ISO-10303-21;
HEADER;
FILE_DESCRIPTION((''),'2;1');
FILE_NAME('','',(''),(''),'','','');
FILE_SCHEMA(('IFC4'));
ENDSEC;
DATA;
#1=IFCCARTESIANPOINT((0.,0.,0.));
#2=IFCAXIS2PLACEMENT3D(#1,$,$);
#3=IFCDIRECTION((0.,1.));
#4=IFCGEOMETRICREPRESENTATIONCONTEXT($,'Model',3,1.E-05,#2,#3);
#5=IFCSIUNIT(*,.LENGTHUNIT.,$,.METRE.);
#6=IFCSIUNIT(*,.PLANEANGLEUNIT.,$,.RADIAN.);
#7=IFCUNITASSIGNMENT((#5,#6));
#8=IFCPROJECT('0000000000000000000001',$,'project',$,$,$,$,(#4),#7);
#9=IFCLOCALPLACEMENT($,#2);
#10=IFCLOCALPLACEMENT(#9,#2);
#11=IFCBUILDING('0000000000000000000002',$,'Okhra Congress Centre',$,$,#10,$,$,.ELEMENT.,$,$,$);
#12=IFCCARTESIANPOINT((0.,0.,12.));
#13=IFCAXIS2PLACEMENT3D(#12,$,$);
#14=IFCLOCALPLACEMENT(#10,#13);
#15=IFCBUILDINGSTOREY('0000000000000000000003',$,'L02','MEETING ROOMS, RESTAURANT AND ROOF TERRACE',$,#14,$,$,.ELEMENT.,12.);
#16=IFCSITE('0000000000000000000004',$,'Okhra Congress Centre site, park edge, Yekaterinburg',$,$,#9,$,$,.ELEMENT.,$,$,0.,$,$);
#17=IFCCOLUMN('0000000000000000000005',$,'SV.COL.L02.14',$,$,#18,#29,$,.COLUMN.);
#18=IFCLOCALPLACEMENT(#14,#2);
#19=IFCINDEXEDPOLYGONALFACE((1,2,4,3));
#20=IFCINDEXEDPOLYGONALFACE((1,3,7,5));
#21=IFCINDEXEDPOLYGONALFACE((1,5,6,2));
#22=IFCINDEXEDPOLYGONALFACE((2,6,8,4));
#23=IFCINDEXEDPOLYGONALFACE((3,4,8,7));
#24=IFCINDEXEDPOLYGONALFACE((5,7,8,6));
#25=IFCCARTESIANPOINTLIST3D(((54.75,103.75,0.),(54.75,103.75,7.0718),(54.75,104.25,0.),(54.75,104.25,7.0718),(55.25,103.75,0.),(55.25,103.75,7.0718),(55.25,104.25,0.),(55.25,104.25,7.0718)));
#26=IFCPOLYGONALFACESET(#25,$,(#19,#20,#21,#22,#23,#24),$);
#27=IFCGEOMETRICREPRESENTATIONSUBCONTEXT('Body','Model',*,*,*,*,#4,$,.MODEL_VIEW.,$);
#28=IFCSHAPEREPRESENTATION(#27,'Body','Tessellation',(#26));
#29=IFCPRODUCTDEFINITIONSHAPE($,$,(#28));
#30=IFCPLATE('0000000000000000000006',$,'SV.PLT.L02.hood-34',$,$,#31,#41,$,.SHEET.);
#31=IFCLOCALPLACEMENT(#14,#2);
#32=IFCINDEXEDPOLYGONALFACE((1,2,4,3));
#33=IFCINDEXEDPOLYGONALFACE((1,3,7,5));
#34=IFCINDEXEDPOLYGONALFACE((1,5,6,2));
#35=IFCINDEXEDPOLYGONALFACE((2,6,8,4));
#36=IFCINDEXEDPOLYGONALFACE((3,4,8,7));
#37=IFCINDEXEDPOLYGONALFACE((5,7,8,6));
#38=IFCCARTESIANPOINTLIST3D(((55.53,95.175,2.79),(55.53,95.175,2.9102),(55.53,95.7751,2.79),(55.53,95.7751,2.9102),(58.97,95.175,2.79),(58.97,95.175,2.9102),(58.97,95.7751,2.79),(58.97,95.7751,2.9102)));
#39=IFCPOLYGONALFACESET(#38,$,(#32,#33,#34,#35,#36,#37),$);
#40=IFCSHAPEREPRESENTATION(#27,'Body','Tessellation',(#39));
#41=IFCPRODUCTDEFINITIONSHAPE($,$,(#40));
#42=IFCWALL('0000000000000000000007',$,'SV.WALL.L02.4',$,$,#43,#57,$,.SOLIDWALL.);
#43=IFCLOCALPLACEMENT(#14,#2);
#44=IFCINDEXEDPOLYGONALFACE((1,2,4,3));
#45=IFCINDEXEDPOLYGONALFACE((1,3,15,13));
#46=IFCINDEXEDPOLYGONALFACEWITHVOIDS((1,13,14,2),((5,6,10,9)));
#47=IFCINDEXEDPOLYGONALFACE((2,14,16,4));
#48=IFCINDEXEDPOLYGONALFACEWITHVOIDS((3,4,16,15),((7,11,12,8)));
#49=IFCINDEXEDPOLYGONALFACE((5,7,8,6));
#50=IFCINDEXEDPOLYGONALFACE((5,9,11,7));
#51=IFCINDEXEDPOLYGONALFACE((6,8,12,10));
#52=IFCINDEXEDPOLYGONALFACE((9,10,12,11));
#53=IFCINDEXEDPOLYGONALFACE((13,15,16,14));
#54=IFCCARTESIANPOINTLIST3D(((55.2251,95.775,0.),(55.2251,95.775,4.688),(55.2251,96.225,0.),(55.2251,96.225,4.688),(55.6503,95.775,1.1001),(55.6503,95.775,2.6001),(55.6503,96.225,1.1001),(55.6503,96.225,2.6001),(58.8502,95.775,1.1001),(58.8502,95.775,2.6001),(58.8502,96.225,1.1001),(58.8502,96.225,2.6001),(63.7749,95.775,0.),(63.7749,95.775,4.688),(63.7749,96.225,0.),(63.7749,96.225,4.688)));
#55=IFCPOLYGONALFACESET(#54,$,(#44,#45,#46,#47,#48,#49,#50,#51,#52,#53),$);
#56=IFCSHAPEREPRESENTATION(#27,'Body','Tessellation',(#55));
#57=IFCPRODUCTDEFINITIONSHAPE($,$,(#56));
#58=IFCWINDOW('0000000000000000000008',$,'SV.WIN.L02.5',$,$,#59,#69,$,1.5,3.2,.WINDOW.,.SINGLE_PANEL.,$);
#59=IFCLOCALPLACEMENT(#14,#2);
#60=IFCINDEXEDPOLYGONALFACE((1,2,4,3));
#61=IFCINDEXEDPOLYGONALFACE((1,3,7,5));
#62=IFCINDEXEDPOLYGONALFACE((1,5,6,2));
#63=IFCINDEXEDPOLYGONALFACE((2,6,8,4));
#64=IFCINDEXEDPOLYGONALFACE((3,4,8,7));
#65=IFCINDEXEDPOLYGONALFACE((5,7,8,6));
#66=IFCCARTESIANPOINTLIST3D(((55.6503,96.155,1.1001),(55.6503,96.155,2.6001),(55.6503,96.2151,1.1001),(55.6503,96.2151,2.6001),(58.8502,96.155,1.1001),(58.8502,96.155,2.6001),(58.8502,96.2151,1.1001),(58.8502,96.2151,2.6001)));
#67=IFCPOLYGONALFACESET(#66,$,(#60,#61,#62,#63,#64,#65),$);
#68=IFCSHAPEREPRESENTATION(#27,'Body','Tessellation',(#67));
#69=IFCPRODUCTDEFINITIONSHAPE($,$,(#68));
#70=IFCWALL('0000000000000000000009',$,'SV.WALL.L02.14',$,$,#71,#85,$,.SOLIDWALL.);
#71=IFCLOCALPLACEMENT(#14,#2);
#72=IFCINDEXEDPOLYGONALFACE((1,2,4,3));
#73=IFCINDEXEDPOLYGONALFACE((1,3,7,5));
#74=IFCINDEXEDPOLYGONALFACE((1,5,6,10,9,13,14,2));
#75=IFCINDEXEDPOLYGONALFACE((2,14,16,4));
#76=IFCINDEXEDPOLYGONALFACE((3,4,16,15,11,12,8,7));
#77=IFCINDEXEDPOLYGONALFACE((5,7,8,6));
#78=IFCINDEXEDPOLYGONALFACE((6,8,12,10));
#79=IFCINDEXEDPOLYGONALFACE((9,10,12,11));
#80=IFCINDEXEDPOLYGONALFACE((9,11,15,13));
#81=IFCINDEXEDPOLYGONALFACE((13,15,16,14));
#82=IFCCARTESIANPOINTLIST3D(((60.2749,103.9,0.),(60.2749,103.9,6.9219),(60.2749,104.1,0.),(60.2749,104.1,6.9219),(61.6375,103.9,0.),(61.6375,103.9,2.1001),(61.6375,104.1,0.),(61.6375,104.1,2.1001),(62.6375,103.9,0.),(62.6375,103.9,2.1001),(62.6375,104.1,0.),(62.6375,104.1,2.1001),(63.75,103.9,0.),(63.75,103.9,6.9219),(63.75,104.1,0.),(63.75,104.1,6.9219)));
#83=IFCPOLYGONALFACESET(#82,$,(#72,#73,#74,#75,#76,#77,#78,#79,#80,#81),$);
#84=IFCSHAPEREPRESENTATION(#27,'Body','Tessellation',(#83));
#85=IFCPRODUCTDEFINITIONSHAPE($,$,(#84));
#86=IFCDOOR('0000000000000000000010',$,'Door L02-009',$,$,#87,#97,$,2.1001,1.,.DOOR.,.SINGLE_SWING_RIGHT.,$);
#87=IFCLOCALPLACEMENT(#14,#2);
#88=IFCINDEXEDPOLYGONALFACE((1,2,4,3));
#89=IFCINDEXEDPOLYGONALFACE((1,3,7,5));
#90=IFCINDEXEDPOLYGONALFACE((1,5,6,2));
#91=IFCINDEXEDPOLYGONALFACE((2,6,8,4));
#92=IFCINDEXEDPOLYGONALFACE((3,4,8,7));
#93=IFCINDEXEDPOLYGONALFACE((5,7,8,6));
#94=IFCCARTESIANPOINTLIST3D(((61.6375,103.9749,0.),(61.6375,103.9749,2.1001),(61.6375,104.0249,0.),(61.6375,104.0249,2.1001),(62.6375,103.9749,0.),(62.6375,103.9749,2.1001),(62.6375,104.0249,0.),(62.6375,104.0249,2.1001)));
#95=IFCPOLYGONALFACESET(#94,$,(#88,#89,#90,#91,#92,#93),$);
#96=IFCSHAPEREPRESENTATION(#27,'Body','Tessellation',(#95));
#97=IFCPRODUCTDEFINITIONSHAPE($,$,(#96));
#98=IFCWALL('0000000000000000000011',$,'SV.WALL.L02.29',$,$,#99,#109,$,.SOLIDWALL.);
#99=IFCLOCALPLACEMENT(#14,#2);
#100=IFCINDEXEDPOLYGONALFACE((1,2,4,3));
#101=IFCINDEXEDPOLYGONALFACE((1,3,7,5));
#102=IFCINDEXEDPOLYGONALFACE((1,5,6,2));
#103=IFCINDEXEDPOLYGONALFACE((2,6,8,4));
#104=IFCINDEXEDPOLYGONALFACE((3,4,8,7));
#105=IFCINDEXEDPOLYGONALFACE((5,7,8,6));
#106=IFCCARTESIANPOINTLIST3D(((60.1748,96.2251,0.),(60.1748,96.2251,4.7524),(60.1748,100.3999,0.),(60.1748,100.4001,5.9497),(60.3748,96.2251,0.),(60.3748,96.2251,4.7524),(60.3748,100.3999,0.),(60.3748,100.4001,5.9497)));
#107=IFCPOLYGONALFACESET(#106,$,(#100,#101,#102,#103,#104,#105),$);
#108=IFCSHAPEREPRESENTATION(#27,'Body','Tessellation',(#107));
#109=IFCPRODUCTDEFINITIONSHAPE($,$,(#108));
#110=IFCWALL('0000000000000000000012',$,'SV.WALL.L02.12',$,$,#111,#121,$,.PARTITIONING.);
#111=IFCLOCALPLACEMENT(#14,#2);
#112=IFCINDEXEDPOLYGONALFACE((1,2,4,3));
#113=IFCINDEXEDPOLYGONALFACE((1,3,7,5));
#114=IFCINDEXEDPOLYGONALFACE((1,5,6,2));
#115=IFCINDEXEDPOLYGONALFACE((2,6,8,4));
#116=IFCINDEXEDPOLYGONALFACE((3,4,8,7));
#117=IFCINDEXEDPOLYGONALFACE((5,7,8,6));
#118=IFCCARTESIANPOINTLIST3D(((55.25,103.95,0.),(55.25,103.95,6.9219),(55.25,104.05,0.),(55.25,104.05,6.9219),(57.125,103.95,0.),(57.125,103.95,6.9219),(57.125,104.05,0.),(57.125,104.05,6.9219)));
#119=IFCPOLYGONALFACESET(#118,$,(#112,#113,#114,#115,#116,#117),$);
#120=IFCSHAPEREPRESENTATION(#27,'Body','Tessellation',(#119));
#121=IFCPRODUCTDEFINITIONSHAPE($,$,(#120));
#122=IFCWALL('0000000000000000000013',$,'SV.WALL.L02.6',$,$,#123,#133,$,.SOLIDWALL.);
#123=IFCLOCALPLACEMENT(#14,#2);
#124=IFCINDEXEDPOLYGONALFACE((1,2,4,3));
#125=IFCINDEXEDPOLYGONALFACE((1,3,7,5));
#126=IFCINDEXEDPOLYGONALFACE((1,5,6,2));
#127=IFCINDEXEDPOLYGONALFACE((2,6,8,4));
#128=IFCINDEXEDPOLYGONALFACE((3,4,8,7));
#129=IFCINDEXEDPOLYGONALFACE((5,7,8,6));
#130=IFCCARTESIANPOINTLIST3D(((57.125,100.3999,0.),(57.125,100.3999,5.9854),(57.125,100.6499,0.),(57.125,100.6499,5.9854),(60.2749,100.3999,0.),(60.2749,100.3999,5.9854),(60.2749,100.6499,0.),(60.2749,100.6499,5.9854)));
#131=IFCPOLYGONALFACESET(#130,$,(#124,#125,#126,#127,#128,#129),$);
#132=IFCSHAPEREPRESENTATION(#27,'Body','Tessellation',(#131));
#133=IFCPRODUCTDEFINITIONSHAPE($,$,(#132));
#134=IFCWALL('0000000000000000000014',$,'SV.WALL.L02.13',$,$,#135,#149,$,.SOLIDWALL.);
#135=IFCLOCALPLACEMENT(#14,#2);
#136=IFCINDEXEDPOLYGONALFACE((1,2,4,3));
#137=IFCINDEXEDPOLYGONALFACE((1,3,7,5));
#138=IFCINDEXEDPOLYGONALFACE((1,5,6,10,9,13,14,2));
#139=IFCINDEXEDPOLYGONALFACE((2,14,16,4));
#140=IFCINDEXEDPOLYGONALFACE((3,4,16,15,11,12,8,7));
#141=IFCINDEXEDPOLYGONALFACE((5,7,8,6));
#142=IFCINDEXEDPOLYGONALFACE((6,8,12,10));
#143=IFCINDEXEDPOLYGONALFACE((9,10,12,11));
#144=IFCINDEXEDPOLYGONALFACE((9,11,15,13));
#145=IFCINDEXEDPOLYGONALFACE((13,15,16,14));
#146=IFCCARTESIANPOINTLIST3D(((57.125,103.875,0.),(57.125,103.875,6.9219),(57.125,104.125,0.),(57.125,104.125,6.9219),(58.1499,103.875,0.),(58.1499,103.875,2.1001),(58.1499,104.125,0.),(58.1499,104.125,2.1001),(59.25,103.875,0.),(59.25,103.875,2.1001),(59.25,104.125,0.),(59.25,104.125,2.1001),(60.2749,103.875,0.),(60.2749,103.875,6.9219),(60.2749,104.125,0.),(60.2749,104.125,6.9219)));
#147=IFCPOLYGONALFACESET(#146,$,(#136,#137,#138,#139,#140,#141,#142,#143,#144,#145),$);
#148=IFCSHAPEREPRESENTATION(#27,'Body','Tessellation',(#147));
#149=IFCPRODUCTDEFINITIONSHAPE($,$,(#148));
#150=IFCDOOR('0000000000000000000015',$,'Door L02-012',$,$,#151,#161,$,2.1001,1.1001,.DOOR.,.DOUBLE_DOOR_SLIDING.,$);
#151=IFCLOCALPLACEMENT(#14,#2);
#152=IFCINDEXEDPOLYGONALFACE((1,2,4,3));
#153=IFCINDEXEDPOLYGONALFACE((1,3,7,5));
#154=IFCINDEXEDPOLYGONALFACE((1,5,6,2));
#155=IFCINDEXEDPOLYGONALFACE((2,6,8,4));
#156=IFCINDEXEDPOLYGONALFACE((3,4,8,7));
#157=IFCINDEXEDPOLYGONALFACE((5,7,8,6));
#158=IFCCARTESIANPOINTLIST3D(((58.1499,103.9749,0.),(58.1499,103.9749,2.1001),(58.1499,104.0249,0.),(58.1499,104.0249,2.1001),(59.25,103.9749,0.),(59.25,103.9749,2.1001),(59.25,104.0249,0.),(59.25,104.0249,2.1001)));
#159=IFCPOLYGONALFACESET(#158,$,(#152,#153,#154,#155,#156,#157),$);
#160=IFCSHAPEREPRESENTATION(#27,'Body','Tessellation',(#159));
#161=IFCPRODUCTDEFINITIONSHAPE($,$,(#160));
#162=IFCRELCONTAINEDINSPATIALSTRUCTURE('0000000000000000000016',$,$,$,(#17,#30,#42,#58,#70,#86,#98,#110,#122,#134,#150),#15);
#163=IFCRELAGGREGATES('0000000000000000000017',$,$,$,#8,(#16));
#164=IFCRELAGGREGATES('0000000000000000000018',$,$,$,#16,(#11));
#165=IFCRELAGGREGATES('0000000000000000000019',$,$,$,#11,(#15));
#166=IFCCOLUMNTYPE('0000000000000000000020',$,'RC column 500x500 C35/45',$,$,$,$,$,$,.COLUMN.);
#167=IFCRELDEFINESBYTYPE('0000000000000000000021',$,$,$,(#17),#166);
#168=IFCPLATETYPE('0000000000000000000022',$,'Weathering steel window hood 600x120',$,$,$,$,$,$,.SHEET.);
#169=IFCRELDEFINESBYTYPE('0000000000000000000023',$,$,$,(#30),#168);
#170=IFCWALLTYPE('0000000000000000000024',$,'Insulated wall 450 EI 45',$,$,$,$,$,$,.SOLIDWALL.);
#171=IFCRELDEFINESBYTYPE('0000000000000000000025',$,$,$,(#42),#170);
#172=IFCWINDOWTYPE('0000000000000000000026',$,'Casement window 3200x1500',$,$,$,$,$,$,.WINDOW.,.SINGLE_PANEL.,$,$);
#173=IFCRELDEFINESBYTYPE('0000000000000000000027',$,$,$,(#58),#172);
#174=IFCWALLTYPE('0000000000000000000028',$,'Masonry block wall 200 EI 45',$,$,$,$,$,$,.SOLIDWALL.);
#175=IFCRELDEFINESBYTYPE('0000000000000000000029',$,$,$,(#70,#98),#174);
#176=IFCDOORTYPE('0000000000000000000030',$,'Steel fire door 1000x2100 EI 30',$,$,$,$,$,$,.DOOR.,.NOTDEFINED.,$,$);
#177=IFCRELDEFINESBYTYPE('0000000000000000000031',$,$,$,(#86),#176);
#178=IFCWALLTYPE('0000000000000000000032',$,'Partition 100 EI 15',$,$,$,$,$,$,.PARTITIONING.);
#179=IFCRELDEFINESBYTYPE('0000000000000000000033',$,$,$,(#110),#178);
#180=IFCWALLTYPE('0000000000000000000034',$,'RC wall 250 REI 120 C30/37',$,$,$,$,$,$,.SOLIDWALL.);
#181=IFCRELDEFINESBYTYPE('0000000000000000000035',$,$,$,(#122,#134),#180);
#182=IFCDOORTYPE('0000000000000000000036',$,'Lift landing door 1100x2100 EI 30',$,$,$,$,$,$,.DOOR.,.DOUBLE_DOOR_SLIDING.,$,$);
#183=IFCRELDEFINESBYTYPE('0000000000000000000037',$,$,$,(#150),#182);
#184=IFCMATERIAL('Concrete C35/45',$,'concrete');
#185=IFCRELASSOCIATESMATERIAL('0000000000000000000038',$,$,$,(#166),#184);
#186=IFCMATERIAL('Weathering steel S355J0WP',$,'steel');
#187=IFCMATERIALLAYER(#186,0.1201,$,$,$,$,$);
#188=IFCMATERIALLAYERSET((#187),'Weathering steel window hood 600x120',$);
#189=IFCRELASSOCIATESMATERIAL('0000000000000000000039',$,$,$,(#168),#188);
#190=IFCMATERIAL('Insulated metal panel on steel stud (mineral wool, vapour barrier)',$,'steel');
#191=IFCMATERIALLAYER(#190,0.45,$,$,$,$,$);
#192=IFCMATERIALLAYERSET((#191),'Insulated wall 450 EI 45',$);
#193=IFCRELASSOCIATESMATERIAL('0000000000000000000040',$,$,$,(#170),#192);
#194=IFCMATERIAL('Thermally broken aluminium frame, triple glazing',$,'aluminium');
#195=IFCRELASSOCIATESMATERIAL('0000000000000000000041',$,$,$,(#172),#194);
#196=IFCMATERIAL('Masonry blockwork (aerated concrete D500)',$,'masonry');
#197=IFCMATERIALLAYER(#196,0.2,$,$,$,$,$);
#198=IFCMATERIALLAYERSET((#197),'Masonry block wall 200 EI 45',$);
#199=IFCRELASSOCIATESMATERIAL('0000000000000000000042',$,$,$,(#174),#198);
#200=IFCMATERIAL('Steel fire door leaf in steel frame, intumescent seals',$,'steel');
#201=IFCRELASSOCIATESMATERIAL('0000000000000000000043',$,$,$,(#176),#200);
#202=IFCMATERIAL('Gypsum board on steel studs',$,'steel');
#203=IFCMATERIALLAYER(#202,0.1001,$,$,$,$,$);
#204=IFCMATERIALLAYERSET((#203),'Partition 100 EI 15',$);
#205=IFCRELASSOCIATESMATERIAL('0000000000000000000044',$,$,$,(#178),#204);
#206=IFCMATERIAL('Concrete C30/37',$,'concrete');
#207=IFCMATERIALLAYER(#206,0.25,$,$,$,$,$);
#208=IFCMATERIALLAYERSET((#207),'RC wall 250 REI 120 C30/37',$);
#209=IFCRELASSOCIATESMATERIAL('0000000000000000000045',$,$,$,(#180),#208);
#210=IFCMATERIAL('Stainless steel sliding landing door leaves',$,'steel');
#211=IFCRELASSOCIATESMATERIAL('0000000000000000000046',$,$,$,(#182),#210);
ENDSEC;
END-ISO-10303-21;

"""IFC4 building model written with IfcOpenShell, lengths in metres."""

from ifc_helpers import new_model, si_unit, direction, frame, frame_2d, origin, origin_2d, place, context, subcontext, project, spatial, polyline, rectangle, outline, extrude, material, layer, layer_set, material_profile, profile_set, type_object, element, fill, save


model = new_model("IFC4")

# Units and contexts
model_context = context("Model", 3, precision=1e-05, world=origin(), true_north=direction((0.0, 1.0)))
body_context = subcontext(model_context, "Body", "Model", "MODEL_VIEW")
ifc_project = project(units=[si_unit("LENGTHUNIT", "METRE"), si_unit("PLANEANGLEUNIT", "RADIAN")], contexts=[model_context])

# Site, building, storey
site_placement = place(None, origin())
site = spatial("IfcSite", under=ifc_project, at=site_placement, Name="Okhra Congress Centre site, park edge, Yekaterinburg", CompositionType="ELEMENT", RefElevation=0.0)
building_placement = place(site_placement, origin())
building = spatial("IfcBuilding", under=site, at=building_placement, Name="Okhra Congress Centre", CompositionType="ELEMENT")
storey_placement = place(building_placement, frame((0.0, 0.0, 12.0)))
storey = spatial("IfcBuildingStorey", under=building, at=storey_placement, Name="L02", Description="MEETING ROOMS, RESTAURANT AND ROOF TERRACE", CompositionType="ELEMENT", Elevation=12.0)

# Column
ifc_material_1 = material(Name="Concrete C35/45", Category="concrete")
ifc_material_profile = material_profile(ifc_material_1, rectangle(XDim=0.5, YDim=0.5, at=origin_2d()), Name="RC 500x500")
ifc_profile_set = profile_set([ifc_material_profile], Name="Concrete C35/45")
column_type = type_object("IfcColumnType", Name="RC column 500x500 C35/45", PredefinedType="COLUMN", material=ifc_profile_set)
column_placement = place(storey_placement, frame((55.0, 104.0, 0.0), z_axis=(0.0, 0.0, 1.0), x_axis=(1.0, 0.0, 0.0)))
element("IfcColumn", 1, at=column_placement, inside=storey, type_object=column_type, Name="SV.COL.L02.14", PredefinedType="COLUMN", context=body_context, shape_type="SweptSolid", body=[
    extrude(rectangle(XDim=0.5, YDim=0.5, at=origin_2d()), origin(), (0.0, 0.0, 1.0), 7.0718),
])

# Plate
ifc_material_2 = material(Name="Weathering steel S355J0WP", Category="steel")
ifc_layer_1 = layer(ifc_material_2, 0.1201)
ifc_layer_set_1 = layer_set([ifc_layer_1], Name="Weathering steel window hood 600x120")
plate_type = type_object("IfcPlateType", Name="Weathering steel window hood 600x120", PredefinedType="SHEET", material=ifc_layer_set_1)
plate_placement = place(storey_placement, frame((57.25, 95.4751, 2.79), z_axis=(0.0, 0.0, 1.0), x_axis=(1.0, 0.0, 0.0)))
element("IfcPlate", 2, at=plate_placement, inside=storey, type_object=plate_type, Name="SV.PLT.L02.hood-34", PredefinedType="SHEET", context=body_context, shape_type="SweptSolid", body=[
    extrude(rectangle(XDim=3.4399, YDim=0.6001, at=origin_2d()), origin(), (0.0, 0.0, 1.0), 0.1201),
])

# Wall, opening, window
ifc_material_3 = material(Name="Insulated metal panel on steel stud (mineral wool, vapour barrier)", Category="steel")
ifc_layer_2 = layer(ifc_material_3, 0.45)
ifc_layer_set_2 = layer_set([ifc_layer_2], Name="Insulated wall 450 EI 45")
wall_type_1 = type_object("IfcWallType", Name="Insulated wall 450 EI 45", PredefinedType="SOLIDWALL", material=ifc_layer_set_2)
wall_1_placement = place(storey_placement, frame((55.2251, 96.0, 0.0), z_axis=(0.0, 0.0, 1.0), x_axis=(1.0, 0.0, 0.0)))
wall_1 = element("IfcWall", 3, at=wall_1_placement, inside=storey, type_object=wall_type_1, Name="SV.WALL.L02.4", PredefinedType="SOLIDWALL", context=body_context, shape_type="SweptSolid", body=[
    extrude(rectangle(XDim=8.5498, YDim=0.45, at=frame_2d((4.2749, 0.0))), origin(), (0.0, 0.0, 1.0), 4.688),
])
opening_1_placement = place(wall_1_placement, frame((0.425, 0.0, 1.1001)))
opening_1 = element("IfcOpeningElement", 4, at=opening_1_placement, cuts=wall_1, PredefinedType="OPENING", context=body_context, shape_type="SweptSolid", body=[
    extrude(rectangle(XDim=3.2, YDim=1.5, at=frame_2d((1.6001, 0.75))), frame((0.0, 0.2349, 0.0), z_axis=(0.0, -1.0, 0.0), x_axis=(1.0, 0.0, 0.0)), (0.0, 0.0, 1.0), 0.47),
])
ifc_material_4 = material(Name="Thermally broken aluminium frame, triple glazing", Category="aluminium")
window_type = type_object("IfcWindowType", Name="Casement window 3200x1500", PartitioningType="SINGLE_PANEL", PredefinedType="WINDOW", material=ifc_material_4)
window_placement = place(opening_1_placement, origin())
window = element("IfcWindow", 5, at=window_placement, inside=storey, type_object=window_type, Name="SV.WIN.L02.5", OverallHeight=1.5, OverallWidth=3.2, PartitioningType="SINGLE_PANEL", PredefinedType="WINDOW", context=body_context, shape_type="SweptSolid", body=[
    extrude(rectangle(XDim=3.2, YDim=1.5, at=frame_2d((1.6001, 0.75))), frame((0.0, 0.2151, 0.0), z_axis=(0.0, -1.0, 0.0), x_axis=(1.0, 0.0, 0.0)), (0.0, 0.0, 1.0), 0.0601),
])
fill(opening_1, window)

# Wall, opening, door
ifc_material_5 = material(Name="Masonry blockwork (aerated concrete D500)", Category="masonry")
ifc_layer_3 = layer(ifc_material_5, 0.2)
ifc_layer_set_3 = layer_set([ifc_layer_3], Name="Masonry block wall 200 EI 45")
wall_type_2 = type_object("IfcWallType", Name="Masonry block wall 200 EI 45", PredefinedType="SOLIDWALL", material=ifc_layer_set_3)
wall_2_placement = place(storey_placement, frame((60.2749, 104.0, 0.0), z_axis=(0.0, 0.0, 1.0), x_axis=(1.0, 0.0, 0.0)))
wall_2 = element("IfcWall", 6, at=wall_2_placement, inside=storey, type_object=wall_type_2, Name="SV.WALL.L02.14", PredefinedType="SOLIDWALL", context=body_context, shape_type="SweptSolid", body=[
    extrude(rectangle(XDim=3.4751, YDim=0.2, at=frame_2d((1.7375, 0.0))), origin(), (0.0, 0.0, 1.0), 6.9219),
])
opening_2_placement = place(wall_2_placement, frame((1.3625, 0.0, 0.0)))
opening_2 = element("IfcOpeningElement", 7, at=opening_2_placement, cuts=wall_2, PredefinedType="OPENING", context=body_context, shape_type="SweptSolid", body=[
    extrude(rectangle(XDim=1.0, YDim=2.1001, at=frame_2d((0.5, 1.05))), frame((0.0, 0.1099, 0.0), z_axis=(0.0, -1.0, 0.0), x_axis=(1.0, 0.0, 0.0)), (0.0, 0.0, 1.0), 0.22),
])
ifc_material_6 = material(Name="Steel fire door leaf in steel frame, intumescent seals", Category="steel")
door_type_1 = type_object("IfcDoorType", Name="Steel fire door 1000x2100 EI 30", OperationType="NOTDEFINED", PredefinedType="DOOR", material=ifc_material_6)
door_1_placement = place(opening_2_placement, origin())
door_1 = element("IfcDoor", 8, at=door_1_placement, inside=storey, type_object=door_type_1, Name="Door L02-009", OperationType="SINGLE_SWING_RIGHT", OverallHeight=2.1001, OverallWidth=1.0, PredefinedType="DOOR", context=body_context, shape_type="SweptSolid", body=[
    extrude(rectangle(XDim=1.0, YDim=2.1001, at=frame_2d((0.5, 1.05))), frame((0.0, 0.0249, 0.0), z_axis=(0.0, -1.0, 0.0), x_axis=(1.0, 0.0, 0.0)), (0.0, 0.0, 1.0), 0.05),
])
fill(opening_2, door_1)

# Walls
wall_3_placement = place(storey_placement, frame((60.2749, 96.2251, 0.0), z_axis=(0.0, 0.0, 1.0), x_axis=(0.0, 1.0, 0.0)))
element("IfcWall", 9, at=wall_3_placement, inside=storey, type_object=wall_type_2, Name="SV.WALL.L02.29", PredefinedType="SOLIDWALL", context=body_context, shape_type="SweptSolid", body=[
    extrude(outline(polyline([(0.0, 0.0), (4.1748, 0.0), (4.175, 5.9497), (0.0, 4.7524), (0.0, 0.0)])), frame((0.0, 0.1001, 0.0), z_axis=(0.0, -1.0, 0.0), x_axis=(1.0, 0.0, 0.0)), (0.0, 0.0, 1.0), 0.2),
])
ifc_material_7 = material(Name="Gypsum board on steel studs", Category="steel")
ifc_layer_4 = layer(ifc_material_7, 0.1001)
ifc_layer_set_4 = layer_set([ifc_layer_4], Name="Partition 100 EI 15")
wall_type_3 = type_object("IfcWallType", Name="Partition 100 EI 15", PredefinedType="PARTITIONING", material=ifc_layer_set_4)
wall_4_placement = place(storey_placement, frame((55.25, 104.0, 0.0), z_axis=(0.0, 0.0, 1.0), x_axis=(1.0, 0.0, 0.0)))
element("IfcWall", 10, at=wall_4_placement, inside=storey, type_object=wall_type_3, Name="SV.WALL.L02.12", PredefinedType="PARTITIONING", context=body_context, shape_type="SweptSolid", body=[
    extrude(rectangle(XDim=1.875, YDim=0.1001, at=frame_2d((0.9375, 0.0))), origin(), (0.0, 0.0, 1.0), 6.9219),
])
ifc_material_8 = material(Name="Concrete C30/37", Category="concrete")
ifc_layer_5 = layer(ifc_material_8, 0.25)
ifc_layer_set_5 = layer_set([ifc_layer_5], Name="RC wall 250 REI 120 C30/37")
wall_type_4 = type_object("IfcWallType", Name="RC wall 250 REI 120 C30/37", PredefinedType="SOLIDWALL", material=ifc_layer_set_5)
wall_5_placement = place(storey_placement, frame((57.125, 100.5249, 0.0), z_axis=(0.0, 0.0, 1.0), x_axis=(1.0, 0.0, 0.0)))
element("IfcWall", 11, at=wall_5_placement, inside=storey, type_object=wall_type_4, Name="SV.WALL.L02.6", PredefinedType="SOLIDWALL", context=body_context, shape_type="SweptSolid", body=[
    extrude(rectangle(XDim=3.1499, YDim=0.25, at=frame_2d((1.575, 0.0))), origin(), (0.0, 0.0, 1.0), 5.9854),
])

# Wall, opening, door
wall_6_placement = place(storey_placement, frame((57.125, 104.0, 0.0), z_axis=(0.0, 0.0, 1.0), x_axis=(1.0, 0.0, 0.0)))
wall_6 = element("IfcWall", 12, at=wall_6_placement, inside=storey, type_object=wall_type_4, Name="SV.WALL.L02.13", PredefinedType="SOLIDWALL", context=body_context, shape_type="SweptSolid", body=[
    extrude(rectangle(XDim=3.1499, YDim=0.25, at=frame_2d((1.575, 0.0))), origin(), (0.0, 0.0, 1.0), 6.9219),
])
opening_3_placement = place(wall_6_placement, frame((1.0249, 0.0, 0.0)))
opening_3 = element("IfcOpeningElement", 13, at=opening_3_placement, cuts=wall_6, PredefinedType="OPENING", context=body_context, shape_type="SweptSolid", body=[
    extrude(rectangle(XDim=1.1001, YDim=2.1001, at=frame_2d((0.55, 1.05))), frame((0.0, 0.135, 0.0), z_axis=(0.0, -1.0, 0.0), x_axis=(1.0, 0.0, 0.0)), (0.0, 0.0, 1.0), 0.27),
])
ifc_material_9 = material(Name="Stainless steel sliding landing door leaves", Category="steel")
door_type_2 = type_object("IfcDoorType", Name="Lift landing door 1100x2100 EI 30", OperationType="DOUBLE_DOOR_SLIDING", PredefinedType="DOOR", material=ifc_material_9)
door_2_placement = place(opening_3_placement, origin())
door_2 = element("IfcDoor", 14, at=door_2_placement, inside=storey, type_object=door_type_2, Name="Door L02-012", OperationType="DOUBLE_DOOR_SLIDING", OverallHeight=2.1001, OverallWidth=1.1001, PredefinedType="DOOR", context=body_context, shape_type="SweptSolid", body=[
    extrude(rectangle(XDim=1.1001, YDim=2.1001, at=frame_2d((0.55, 1.05))), frame((0.0, 0.0249, 0.0), z_axis=(0.0, -1.0, 0.0), x_axis=(1.0, 0.0, 0.0)), (0.0, 0.0, 1.0), 0.05),
])
fill(opening_3, door_2)

save(model, "model.ifc")
